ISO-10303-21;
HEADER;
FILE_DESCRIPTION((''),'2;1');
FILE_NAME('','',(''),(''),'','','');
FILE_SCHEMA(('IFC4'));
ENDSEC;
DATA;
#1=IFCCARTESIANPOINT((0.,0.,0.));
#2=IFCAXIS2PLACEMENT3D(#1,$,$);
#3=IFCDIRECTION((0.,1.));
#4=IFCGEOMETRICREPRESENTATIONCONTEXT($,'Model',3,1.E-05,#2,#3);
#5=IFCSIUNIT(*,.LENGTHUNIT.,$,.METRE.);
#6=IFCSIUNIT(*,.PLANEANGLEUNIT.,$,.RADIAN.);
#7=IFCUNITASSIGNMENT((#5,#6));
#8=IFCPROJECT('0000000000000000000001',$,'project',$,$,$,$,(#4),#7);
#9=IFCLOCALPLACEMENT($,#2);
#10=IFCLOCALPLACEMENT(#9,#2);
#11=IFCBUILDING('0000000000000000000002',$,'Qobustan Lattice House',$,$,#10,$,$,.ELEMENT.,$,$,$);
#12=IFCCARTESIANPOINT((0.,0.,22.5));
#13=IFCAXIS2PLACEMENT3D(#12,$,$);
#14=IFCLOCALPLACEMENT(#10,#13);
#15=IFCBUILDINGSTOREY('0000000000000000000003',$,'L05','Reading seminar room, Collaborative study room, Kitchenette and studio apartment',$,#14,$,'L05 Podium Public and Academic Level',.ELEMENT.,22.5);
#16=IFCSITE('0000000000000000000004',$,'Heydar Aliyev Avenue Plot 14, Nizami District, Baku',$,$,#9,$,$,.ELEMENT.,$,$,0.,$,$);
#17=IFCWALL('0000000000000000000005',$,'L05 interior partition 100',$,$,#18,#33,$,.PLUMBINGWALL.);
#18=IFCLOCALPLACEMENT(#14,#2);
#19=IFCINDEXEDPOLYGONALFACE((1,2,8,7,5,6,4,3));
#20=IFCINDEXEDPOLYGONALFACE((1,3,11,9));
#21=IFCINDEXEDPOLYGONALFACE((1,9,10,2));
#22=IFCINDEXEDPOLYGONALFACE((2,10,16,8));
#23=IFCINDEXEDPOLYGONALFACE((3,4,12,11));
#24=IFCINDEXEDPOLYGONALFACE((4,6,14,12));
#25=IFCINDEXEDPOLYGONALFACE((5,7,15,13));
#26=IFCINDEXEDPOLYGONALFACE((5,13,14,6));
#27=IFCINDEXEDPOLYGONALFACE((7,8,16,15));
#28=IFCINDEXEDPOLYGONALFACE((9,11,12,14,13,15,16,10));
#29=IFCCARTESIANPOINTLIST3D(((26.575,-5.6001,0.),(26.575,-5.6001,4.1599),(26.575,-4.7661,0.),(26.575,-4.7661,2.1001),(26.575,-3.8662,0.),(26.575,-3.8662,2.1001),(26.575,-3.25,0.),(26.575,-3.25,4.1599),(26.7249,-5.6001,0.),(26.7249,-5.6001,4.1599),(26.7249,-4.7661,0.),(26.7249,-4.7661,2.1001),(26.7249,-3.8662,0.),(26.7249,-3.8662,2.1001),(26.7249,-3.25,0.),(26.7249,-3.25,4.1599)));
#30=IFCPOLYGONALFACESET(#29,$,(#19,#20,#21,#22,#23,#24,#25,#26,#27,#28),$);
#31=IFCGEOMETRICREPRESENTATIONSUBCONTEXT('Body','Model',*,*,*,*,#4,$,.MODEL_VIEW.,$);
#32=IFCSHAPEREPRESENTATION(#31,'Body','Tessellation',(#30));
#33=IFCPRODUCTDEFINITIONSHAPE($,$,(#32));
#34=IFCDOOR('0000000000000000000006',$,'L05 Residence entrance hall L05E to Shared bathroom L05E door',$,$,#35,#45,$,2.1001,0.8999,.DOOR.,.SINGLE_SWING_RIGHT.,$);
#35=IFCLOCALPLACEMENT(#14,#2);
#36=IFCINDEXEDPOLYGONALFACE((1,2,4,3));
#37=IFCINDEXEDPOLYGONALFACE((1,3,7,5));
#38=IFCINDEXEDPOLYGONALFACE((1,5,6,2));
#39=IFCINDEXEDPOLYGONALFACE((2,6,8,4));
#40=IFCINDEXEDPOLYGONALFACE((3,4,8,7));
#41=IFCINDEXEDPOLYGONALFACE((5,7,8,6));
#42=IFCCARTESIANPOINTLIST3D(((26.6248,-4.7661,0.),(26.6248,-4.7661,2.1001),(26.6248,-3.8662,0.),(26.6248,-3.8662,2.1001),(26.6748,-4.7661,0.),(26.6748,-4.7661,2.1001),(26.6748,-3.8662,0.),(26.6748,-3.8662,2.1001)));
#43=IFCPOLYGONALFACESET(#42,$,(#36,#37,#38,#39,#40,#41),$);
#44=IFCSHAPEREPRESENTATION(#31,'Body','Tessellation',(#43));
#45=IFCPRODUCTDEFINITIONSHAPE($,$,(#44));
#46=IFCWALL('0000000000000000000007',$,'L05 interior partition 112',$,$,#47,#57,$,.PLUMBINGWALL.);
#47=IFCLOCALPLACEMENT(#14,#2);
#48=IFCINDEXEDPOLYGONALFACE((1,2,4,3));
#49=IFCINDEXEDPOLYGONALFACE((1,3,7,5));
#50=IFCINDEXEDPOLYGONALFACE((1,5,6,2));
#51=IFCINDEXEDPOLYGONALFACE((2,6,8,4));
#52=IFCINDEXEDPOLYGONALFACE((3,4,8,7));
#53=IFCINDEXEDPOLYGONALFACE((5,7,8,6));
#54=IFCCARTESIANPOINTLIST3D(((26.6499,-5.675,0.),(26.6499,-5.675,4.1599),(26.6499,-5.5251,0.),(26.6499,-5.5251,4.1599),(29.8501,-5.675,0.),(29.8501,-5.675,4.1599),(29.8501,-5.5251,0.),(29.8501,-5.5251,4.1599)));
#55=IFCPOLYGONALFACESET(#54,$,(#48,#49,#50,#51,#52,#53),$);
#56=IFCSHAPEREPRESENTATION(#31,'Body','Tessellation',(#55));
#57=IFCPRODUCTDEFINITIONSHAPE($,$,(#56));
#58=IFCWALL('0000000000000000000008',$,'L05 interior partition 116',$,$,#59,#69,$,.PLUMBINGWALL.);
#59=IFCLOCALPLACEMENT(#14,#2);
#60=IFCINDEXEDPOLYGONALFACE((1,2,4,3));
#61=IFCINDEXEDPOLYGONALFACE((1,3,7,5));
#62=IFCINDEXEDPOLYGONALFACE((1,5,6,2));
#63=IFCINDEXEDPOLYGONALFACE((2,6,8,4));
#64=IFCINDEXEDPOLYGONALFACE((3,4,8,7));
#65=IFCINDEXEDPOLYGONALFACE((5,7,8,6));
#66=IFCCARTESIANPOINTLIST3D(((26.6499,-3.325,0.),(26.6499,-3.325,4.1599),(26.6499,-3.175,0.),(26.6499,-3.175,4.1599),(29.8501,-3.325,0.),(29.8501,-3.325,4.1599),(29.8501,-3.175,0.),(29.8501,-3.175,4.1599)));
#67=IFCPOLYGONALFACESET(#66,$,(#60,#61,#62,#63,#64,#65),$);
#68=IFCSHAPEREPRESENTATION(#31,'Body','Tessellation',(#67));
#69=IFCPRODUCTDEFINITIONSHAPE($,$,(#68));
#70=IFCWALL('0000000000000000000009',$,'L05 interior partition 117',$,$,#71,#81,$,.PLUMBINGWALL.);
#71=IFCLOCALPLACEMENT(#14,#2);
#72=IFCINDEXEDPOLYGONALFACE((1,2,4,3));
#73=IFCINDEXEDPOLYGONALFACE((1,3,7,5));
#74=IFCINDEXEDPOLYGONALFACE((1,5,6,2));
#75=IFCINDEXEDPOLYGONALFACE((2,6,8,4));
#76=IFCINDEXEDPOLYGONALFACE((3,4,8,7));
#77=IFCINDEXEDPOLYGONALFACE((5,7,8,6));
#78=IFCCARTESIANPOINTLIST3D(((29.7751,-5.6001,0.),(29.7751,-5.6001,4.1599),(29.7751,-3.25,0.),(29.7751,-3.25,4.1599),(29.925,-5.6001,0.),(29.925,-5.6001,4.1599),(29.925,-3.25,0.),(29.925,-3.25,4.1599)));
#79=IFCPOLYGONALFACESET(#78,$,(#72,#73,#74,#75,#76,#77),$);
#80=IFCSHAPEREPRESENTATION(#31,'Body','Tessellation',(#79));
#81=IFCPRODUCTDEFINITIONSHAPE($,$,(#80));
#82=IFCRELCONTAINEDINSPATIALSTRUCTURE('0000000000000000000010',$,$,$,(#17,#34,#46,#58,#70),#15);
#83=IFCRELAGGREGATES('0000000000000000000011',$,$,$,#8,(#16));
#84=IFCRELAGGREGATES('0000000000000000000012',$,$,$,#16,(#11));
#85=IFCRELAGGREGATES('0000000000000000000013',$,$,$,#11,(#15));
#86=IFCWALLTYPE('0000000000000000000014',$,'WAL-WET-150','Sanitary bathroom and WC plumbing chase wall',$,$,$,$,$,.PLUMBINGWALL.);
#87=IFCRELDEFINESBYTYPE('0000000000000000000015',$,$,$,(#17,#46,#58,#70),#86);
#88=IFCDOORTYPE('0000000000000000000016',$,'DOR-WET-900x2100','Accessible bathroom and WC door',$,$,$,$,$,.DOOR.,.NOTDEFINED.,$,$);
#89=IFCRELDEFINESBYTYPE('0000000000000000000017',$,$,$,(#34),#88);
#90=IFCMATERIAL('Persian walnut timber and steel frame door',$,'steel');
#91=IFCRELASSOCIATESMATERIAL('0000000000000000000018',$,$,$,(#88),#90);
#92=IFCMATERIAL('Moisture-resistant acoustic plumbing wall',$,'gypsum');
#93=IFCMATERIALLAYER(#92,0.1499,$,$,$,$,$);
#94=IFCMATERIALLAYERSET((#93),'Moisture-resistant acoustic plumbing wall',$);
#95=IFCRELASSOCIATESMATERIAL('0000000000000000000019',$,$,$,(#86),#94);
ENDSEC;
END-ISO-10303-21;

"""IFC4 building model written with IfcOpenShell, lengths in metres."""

from ifc_helpers import new_model, si_unit, direction, frame, frame_2d, origin, place, context, subcontext, project, spatial, rectangle, extrude, material, layer, layer_set, type_object, element, fill, save


model = new_model("IFC4")

# Units and contexts
model_context = context("Model", 3, precision=1e-05, world=origin(), true_north=direction((0.0, 1.0)))
body_context = subcontext(model_context, "Body", "Model", "MODEL_VIEW")
ifc_project = project(units=[si_unit("LENGTHUNIT", "METRE"), si_unit("PLANEANGLEUNIT", "RADIAN")], contexts=[model_context])

# Site, building, storey
site_placement = place(None, origin())
site = spatial("IfcSite", under=ifc_project, at=site_placement, Name="Heydar Aliyev Avenue Plot 14, Nizami District, Baku", CompositionType="ELEMENT", RefElevation=0.0)
building_placement = place(site_placement, origin())
building = spatial("IfcBuilding", under=site, at=building_placement, Name="Qobustan Lattice House", CompositionType="ELEMENT")
storey_placement = place(building_placement, frame((0.0, 0.0, 22.5)))
storey = spatial("IfcBuildingStorey", under=building, at=storey_placement, Name="L05", Description="Reading seminar room, Collaborative study room, Kitchenette and studio apartment", LongName="L05 Podium Public and Academic Level", CompositionType="ELEMENT", Elevation=22.5)

# Shared definitions
ifc_material_1 = material(Name="Persian walnut timber and steel frame door", Category="steel")
door_type_1 = type_object("IfcDoorType", Name="DOR-WET-900x2100", Description="Accessible bathroom and WC door", OperationType="NOTDEFINED", PredefinedType="DOOR", material=ifc_material_1)

# Wall, opening, door
ifc_material_2 = material(Name="Moisture-resistant acoustic plumbing wall", Category="gypsum")
ifc_layer_1 = layer(ifc_material_2, 0.1499)
ifc_layer_set_1 = layer_set([ifc_layer_1], Name="Moisture-resistant acoustic plumbing wall")
wall_type_1 = type_object("IfcWallType", Name="WAL-WET-150", Description="Sanitary bathroom and WC plumbing chase wall", PredefinedType="PLUMBINGWALL", material=ifc_layer_set_1)
wall_1_placement = place(storey_placement, frame((26.6499, -3.25, 0.0), z_axis=(0.0, 0.0, 1.0), x_axis=(0.0, -1.0, 0.0)))
wall_1 = element("IfcWall", 1, at=wall_1_placement, inside=storey, type_object=wall_type_1, Name="L05 interior partition 100", PredefinedType="PLUMBINGWALL", context=body_context, shape_type="SweptSolid", body=[
    extrude(rectangle(XDim=2.3501, YDim=0.1499, at=frame_2d((1.175, 0.0))), origin(), (0.0, 0.0, 1.0), 4.1599),
])
opening_1_placement = place(wall_1_placement, frame((0.6162, 0.0, 0.0)))
opening_1 = element("IfcOpeningElement", 2, at=opening_1_placement, cuts=wall_1, PredefinedType="OPENING", context=body_context, shape_type="SweptSolid", body=[
    extrude(rectangle(XDim=0.8999, YDim=2.1001, at=frame_2d((0.45, 1.05))), frame((0.0, 0.085, 0.0), z_axis=(0.0, -1.0, 0.0), x_axis=(1.0, 0.0, 0.0)), (0.0, 0.0, 1.0), 0.1699),
])
door_1_placement = place(opening_1_placement, origin())
door_1 = element("IfcDoor", 3, at=door_1_placement, inside=storey, type_object=door_type_1, Name="L05 Residence entrance hall L05E to Shared bathroom L05E door", OperationType="SINGLE_SWING_RIGHT", OverallHeight=2.1001, OverallWidth=0.8999, PredefinedType="DOOR", context=body_context, shape_type="SweptSolid", body=[
    extrude(rectangle(XDim=0.8999, YDim=2.1001, at=frame_2d((0.45, 1.05))), frame((0.0, 0.0249, 0.0), z_axis=(0.0, -1.0, 0.0), x_axis=(1.0, 0.0, 0.0)), (0.0, 0.0, 1.0), 0.05),
])
fill(opening_1, door_1)

# Walls
for number, where, z_axis, x_axis, name in (
    (4, (26.6499, -5.6001, 0.0), (0.0, 0.0, 1.0), (1.0, 0.0, 0.0), "L05 interior partition 112"),
    (5, (26.6499, -3.25, 0.0), (0.0, 0.0, 1.0), (1.0, 0.0, 0.0), "L05 interior partition 116"),
):
    element("IfcWall", number, at=place(storey_placement, frame(where, z_axis=z_axis, x_axis=x_axis)), inside=storey, type_object=wall_type_1, Name=name, PredefinedType="PLUMBINGWALL", context=body_context, shape_type="SweptSolid", body=[
        extrude(rectangle(XDim=3.2002, YDim=0.1499, at=frame_2d((1.6001, 0.0))), origin(), (0.0, 0.0, 1.0), 4.1599),
    ])
wall_2_placement = place(storey_placement, frame((29.8501, -3.25, 0.0), z_axis=(0.0, 0.0, 1.0), x_axis=(0.0, -1.0, 0.0)))
element("IfcWall", 6, at=wall_2_placement, inside=storey, type_object=wall_type_1, Name="L05 interior partition 117", PredefinedType="PLUMBINGWALL", context=body_context, shape_type="SweptSolid", body=[
    extrude(rectangle(XDim=2.3501, YDim=0.1499, at=frame_2d((1.175, 0.0))), origin(), (0.0, 0.0, 1.0), 4.1599),
])

save(model, "model.ifc")
